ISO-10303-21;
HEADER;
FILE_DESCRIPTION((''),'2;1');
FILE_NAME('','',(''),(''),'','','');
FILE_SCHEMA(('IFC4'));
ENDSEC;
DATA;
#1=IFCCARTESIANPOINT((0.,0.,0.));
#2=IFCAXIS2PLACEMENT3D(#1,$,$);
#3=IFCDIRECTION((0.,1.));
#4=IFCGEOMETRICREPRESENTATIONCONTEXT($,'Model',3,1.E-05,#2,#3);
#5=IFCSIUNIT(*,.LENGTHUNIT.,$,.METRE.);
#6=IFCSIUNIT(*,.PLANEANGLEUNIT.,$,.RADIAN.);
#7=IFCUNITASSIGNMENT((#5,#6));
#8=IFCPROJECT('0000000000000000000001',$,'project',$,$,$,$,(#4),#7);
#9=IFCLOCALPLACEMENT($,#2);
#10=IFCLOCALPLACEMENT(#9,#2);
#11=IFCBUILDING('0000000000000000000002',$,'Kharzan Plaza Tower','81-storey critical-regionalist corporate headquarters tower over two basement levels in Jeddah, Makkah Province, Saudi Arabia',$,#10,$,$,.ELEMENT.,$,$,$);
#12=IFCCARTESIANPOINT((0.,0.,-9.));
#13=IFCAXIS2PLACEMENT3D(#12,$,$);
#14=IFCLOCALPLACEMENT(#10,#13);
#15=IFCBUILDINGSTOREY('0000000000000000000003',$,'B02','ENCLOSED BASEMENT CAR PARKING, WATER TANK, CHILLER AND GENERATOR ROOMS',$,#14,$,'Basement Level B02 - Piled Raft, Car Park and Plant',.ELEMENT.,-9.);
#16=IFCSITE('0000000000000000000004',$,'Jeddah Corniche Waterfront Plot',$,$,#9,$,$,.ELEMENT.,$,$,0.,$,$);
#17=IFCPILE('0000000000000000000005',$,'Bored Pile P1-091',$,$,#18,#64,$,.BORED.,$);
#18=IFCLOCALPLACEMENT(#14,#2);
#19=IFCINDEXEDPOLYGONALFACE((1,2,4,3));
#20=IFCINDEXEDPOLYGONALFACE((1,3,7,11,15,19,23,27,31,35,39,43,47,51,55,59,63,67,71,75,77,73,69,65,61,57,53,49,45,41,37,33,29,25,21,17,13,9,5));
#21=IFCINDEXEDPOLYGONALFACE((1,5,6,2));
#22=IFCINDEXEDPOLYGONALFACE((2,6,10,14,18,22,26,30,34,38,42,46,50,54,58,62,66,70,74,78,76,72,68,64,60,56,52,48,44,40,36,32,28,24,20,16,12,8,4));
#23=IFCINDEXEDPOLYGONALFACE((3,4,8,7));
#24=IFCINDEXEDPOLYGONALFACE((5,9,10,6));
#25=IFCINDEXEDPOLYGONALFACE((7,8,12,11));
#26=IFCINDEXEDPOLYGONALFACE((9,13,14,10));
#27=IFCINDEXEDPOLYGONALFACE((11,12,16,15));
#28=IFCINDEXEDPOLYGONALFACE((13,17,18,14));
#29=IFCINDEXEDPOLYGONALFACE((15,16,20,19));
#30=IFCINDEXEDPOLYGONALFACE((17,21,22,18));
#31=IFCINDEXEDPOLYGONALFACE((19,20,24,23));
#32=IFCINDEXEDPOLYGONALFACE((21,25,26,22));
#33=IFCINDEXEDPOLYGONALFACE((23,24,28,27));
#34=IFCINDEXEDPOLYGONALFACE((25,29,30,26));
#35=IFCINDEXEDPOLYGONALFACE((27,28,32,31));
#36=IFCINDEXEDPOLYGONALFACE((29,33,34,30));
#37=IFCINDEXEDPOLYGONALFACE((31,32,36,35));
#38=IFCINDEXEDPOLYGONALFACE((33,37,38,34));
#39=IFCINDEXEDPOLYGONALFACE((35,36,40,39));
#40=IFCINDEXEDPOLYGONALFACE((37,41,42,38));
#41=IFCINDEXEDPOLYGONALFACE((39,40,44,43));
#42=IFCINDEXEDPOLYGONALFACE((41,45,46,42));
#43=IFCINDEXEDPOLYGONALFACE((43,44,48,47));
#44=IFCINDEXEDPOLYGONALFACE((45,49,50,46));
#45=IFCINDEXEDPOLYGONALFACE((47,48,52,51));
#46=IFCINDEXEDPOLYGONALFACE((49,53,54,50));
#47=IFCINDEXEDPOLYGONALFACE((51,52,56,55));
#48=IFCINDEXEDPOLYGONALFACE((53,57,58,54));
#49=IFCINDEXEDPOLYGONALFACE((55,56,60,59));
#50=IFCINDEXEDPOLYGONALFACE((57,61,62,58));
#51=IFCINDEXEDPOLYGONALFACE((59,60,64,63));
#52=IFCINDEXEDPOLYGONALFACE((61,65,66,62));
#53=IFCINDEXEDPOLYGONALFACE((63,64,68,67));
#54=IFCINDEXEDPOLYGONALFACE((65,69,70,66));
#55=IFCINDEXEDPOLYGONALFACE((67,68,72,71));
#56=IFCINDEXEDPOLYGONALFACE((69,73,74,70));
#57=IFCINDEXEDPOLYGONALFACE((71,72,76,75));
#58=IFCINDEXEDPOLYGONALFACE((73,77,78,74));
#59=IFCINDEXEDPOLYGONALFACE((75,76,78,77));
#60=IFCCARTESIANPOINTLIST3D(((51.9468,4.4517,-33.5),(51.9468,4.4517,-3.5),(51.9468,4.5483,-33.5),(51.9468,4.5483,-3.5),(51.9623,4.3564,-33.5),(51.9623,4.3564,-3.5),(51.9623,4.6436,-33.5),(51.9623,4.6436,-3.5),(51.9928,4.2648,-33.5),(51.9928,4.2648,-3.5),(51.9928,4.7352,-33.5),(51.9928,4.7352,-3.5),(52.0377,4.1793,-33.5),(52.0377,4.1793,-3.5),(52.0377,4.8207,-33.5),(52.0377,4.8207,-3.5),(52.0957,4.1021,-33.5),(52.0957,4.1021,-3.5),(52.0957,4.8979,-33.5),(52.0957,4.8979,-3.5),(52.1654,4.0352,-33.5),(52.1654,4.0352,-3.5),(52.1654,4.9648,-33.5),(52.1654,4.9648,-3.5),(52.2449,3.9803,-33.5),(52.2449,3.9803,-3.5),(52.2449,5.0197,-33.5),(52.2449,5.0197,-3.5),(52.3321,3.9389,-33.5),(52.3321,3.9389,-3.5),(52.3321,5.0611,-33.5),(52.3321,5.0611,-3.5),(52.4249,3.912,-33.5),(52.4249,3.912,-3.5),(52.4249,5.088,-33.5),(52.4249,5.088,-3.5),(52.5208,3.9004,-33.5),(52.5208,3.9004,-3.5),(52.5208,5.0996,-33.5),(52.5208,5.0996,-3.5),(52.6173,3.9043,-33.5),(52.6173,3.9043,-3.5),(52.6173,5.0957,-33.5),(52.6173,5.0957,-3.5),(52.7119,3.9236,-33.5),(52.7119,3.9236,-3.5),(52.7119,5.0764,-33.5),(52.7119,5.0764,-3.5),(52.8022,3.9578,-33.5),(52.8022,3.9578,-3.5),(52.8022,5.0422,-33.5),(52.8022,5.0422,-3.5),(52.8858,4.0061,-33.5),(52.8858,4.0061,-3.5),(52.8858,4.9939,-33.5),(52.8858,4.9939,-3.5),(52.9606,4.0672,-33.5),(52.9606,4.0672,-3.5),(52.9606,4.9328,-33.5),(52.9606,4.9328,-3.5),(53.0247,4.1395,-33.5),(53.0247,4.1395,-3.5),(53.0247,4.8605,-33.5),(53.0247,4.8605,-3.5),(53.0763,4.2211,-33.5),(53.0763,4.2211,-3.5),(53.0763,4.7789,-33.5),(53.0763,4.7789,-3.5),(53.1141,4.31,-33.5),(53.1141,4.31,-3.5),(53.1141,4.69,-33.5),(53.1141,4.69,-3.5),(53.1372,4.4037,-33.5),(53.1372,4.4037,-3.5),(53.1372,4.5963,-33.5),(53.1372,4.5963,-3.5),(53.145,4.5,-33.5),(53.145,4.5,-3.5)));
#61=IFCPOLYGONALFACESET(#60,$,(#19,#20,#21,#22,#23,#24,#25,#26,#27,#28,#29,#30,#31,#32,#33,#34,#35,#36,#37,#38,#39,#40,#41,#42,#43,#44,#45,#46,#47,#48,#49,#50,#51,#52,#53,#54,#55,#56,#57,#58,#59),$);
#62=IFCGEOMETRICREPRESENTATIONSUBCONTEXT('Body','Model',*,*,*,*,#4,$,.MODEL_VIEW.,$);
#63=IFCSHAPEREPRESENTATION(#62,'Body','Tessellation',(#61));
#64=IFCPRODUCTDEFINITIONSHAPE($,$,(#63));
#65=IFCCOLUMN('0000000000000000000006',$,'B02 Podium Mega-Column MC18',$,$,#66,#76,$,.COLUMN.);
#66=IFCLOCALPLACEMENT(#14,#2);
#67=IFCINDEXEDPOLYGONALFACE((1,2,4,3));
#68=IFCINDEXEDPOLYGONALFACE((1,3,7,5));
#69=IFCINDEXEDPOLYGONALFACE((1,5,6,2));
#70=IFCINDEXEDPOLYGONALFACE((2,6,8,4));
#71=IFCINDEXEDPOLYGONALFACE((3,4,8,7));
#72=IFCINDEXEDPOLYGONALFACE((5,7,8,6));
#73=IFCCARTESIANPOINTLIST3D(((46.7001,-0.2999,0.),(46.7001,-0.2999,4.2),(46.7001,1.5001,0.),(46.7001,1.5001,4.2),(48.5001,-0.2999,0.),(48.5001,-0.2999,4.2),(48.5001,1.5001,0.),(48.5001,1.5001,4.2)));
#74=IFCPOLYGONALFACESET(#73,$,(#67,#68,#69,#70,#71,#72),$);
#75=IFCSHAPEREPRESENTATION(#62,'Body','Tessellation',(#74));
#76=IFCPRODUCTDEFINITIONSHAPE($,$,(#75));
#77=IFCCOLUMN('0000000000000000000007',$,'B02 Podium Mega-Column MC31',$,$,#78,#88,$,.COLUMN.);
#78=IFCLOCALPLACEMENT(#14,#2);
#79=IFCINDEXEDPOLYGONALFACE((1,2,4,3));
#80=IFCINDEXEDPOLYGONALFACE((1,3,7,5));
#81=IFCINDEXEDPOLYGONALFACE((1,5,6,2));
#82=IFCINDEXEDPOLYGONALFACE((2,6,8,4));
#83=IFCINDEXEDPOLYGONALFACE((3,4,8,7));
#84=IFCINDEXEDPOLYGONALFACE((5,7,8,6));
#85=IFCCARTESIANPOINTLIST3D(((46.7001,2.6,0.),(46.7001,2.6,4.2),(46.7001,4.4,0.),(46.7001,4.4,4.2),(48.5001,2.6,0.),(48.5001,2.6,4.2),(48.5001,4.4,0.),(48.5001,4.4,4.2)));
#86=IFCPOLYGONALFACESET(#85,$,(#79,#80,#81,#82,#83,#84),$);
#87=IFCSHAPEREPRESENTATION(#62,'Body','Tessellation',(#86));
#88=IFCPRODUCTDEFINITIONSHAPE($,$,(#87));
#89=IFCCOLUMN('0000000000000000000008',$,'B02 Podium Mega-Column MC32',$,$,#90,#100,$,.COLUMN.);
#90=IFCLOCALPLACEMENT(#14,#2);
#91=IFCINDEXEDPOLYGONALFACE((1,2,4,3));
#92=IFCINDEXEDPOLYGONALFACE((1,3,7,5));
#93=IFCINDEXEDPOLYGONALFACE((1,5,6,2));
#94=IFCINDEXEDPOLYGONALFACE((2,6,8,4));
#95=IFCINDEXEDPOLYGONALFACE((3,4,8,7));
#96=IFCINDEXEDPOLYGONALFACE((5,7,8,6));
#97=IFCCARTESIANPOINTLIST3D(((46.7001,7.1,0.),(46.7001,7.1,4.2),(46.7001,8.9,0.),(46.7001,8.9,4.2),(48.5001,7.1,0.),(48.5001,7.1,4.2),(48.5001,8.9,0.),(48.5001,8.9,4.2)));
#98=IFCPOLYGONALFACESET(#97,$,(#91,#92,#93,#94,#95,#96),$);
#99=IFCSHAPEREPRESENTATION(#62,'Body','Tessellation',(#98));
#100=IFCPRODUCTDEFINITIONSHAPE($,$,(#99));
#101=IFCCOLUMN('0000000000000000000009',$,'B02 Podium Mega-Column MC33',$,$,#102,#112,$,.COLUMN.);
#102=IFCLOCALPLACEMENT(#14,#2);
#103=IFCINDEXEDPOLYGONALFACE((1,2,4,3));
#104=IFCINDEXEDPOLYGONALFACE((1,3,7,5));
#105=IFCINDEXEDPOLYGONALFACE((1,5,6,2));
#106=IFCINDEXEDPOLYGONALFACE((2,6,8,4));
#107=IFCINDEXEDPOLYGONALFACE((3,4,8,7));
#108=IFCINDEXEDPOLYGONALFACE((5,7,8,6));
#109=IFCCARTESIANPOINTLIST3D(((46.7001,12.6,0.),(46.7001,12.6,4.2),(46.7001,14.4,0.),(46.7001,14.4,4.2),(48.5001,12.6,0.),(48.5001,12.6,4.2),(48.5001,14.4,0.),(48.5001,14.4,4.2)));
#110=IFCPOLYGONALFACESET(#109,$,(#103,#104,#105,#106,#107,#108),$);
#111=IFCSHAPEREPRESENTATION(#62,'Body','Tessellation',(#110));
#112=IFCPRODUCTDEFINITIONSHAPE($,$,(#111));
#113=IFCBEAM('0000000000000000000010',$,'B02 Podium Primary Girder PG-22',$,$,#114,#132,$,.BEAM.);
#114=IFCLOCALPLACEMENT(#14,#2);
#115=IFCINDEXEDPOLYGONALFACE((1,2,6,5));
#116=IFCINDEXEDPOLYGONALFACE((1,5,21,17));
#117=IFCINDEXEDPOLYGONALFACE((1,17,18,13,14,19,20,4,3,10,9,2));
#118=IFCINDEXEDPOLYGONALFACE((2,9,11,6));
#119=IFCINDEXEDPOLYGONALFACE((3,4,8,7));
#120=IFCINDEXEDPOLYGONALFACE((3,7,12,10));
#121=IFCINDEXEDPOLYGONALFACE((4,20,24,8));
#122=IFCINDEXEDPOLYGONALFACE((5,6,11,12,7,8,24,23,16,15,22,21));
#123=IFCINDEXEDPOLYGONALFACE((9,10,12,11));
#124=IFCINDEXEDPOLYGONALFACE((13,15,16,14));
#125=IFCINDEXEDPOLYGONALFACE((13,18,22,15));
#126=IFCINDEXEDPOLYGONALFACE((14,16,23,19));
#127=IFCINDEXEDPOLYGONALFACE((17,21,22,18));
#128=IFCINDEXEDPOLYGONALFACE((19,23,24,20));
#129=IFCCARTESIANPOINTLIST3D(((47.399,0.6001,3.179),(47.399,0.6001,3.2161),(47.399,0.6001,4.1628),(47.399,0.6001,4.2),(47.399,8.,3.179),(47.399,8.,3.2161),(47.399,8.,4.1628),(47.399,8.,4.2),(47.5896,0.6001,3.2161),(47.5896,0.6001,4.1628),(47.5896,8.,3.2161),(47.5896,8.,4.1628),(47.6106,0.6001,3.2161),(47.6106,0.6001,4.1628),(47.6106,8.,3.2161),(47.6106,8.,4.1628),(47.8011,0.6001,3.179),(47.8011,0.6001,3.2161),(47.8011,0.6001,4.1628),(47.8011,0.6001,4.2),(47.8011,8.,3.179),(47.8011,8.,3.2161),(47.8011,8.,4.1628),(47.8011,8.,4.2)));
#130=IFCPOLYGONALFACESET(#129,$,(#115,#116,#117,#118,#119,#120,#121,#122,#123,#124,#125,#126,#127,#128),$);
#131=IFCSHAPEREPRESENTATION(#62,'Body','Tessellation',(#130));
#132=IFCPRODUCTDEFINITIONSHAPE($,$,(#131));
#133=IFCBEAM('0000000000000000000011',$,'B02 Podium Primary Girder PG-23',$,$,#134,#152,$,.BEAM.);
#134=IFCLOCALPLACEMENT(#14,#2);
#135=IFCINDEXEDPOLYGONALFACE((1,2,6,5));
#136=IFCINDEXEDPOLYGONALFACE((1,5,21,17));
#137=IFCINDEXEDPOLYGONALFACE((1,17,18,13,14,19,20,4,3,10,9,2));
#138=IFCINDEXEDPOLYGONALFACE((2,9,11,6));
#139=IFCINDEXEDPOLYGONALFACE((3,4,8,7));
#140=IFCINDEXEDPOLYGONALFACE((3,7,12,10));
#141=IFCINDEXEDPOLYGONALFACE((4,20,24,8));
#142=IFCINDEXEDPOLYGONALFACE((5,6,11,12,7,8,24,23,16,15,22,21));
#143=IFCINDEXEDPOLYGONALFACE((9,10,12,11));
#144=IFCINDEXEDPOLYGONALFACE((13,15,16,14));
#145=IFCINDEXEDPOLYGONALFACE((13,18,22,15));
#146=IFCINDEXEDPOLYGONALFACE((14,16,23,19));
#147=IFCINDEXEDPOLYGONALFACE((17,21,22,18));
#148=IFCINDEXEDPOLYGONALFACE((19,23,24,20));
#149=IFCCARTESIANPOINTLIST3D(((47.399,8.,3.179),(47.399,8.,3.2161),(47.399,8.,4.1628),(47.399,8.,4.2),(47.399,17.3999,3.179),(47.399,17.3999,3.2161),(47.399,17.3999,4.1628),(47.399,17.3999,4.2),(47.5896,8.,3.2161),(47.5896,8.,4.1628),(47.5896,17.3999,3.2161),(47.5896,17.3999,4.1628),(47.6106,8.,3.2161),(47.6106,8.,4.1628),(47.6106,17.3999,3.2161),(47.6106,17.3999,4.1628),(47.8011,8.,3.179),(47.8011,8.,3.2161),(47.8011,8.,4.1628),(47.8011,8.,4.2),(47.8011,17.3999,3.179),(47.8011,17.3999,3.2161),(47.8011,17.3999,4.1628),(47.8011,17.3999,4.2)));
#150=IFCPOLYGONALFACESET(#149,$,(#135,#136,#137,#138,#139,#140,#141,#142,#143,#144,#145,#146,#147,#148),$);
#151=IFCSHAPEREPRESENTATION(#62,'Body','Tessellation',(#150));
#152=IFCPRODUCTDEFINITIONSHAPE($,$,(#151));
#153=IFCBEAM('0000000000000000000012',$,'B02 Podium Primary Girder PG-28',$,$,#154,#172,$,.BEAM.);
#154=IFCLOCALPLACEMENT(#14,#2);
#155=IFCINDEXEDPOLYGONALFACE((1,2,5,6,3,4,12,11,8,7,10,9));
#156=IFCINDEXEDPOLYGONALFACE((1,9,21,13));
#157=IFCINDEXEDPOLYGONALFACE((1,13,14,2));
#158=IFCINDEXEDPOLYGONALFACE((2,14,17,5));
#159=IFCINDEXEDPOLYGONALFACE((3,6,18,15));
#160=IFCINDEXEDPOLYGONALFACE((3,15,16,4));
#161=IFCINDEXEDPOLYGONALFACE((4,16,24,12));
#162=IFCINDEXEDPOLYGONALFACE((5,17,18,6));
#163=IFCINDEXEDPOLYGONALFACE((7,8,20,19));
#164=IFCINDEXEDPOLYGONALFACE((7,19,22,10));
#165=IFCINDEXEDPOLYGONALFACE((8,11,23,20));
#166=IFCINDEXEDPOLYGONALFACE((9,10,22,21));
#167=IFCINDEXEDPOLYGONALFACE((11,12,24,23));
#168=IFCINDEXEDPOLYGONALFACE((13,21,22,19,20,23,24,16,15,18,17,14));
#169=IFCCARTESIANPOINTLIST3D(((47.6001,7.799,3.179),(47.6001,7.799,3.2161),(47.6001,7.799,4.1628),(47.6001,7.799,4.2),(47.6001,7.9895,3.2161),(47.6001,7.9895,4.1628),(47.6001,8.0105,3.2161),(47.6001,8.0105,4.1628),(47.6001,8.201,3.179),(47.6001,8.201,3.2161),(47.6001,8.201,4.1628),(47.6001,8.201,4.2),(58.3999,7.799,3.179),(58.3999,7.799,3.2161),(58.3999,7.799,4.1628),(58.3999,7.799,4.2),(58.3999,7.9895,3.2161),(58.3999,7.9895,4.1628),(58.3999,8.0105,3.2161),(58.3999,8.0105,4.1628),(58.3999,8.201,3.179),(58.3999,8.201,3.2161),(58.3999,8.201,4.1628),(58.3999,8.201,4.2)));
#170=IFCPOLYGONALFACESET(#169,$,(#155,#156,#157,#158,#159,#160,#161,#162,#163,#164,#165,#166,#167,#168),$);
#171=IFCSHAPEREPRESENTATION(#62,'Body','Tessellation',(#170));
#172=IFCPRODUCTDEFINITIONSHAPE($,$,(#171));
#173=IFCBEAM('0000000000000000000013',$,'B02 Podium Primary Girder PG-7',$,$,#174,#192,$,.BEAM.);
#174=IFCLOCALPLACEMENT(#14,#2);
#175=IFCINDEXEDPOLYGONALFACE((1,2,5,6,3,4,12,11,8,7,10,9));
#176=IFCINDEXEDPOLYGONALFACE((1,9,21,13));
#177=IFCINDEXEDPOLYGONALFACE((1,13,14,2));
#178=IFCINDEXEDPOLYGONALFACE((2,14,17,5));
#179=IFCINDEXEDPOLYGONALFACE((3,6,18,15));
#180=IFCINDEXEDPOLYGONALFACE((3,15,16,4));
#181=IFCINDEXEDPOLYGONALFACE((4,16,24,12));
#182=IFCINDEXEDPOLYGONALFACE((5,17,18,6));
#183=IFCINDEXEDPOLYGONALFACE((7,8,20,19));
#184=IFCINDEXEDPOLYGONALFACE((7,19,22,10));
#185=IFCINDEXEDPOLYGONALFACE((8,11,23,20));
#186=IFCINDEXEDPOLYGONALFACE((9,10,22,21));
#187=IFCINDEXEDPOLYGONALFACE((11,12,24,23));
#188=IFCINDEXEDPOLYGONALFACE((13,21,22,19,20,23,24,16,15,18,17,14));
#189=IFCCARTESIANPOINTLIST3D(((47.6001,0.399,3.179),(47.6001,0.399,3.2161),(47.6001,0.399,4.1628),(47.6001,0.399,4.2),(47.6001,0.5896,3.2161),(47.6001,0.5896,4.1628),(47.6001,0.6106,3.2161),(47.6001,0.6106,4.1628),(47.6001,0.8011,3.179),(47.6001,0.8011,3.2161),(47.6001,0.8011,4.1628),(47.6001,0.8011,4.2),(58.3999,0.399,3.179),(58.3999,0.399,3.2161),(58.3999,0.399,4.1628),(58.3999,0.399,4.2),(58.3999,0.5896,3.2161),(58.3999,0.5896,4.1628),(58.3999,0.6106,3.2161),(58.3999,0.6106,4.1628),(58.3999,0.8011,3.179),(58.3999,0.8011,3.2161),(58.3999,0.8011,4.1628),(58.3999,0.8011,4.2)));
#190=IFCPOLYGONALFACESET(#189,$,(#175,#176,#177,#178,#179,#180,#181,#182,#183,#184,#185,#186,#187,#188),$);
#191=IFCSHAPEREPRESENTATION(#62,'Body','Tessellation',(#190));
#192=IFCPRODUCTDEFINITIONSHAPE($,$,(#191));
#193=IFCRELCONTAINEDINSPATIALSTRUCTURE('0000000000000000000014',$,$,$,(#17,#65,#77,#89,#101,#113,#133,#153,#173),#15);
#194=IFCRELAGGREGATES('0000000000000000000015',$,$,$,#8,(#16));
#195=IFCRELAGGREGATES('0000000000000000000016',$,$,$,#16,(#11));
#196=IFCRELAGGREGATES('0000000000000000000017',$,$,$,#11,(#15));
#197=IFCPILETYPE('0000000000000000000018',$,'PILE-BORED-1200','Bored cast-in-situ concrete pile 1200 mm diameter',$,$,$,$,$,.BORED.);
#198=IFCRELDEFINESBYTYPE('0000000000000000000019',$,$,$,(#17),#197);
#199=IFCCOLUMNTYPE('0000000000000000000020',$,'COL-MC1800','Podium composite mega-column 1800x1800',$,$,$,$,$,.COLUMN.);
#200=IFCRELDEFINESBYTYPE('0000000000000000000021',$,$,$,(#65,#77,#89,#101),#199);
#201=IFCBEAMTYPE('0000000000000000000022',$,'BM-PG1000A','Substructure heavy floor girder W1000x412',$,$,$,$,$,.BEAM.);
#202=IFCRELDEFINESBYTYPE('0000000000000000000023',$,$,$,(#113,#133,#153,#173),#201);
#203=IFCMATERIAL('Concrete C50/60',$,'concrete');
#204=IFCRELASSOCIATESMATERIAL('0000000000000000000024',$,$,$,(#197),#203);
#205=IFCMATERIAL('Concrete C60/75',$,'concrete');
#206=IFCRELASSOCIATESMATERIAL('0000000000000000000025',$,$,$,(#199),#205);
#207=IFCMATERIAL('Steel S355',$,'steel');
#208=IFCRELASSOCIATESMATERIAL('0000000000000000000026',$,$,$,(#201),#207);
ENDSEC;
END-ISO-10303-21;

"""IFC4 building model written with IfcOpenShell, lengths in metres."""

from ifc_helpers import new_model, si_unit, direction, frame, origin, origin_2d, place, context, subcontext, project, spatial, rectangle, circle, i_section, extrude, source, transform, mapped, material, material_profile, profile_set, type_object, element, save


model = new_model("IFC4")

# Units and contexts
model_context = context("Model", 3, precision=1e-05, world=origin(), true_north=direction((0.0, 1.0)))
body_context = subcontext(model_context, "Body", "Model", "MODEL_VIEW")
ifc_project = project(units=[si_unit("LENGTHUNIT", "METRE"), si_unit("PLANEANGLEUNIT", "RADIAN")], contexts=[model_context])

# Site, building, storey
site_placement = place(None, origin())
site = spatial("IfcSite", under=ifc_project, at=site_placement, Name="Jeddah Corniche Waterfront Plot", CompositionType="ELEMENT", RefElevation=0.0)
building_placement = place(site_placement, origin())
building = spatial("IfcBuilding", under=site, at=building_placement, Name="Kharzan Plaza Tower", Description="81-storey critical-regionalist corporate headquarters tower over two basement levels in Jeddah, Makkah Province, Saudi Arabia", CompositionType="ELEMENT")
storey_placement = place(building_placement, frame((0.0, 0.0, -9.0)))
storey = spatial("IfcBuildingStorey", under=building, at=storey_placement, Name="B02", Description="ENCLOSED BASEMENT CAR PARKING, WATER TANK, CHILLER AND GENERATOR ROOMS", LongName="Basement Level B02 - Piled Raft, Car Park and Plant", CompositionType="ELEMENT", Elevation=-9.0)

# Pile
ifc_material_1 = material(Name="Concrete C50/60", Category="concrete")
ifc_material_profile_1 = material_profile(ifc_material_1, circle(Radius=0.6001, at=origin_2d()), Name="PILE-D1200")
ifc_profile_set_1 = profile_set([ifc_material_profile_1], Name="Concrete C50/60")
pile_type = type_object("IfcPileType", Name="PILE-BORED-1200", Description="Bored cast-in-situ concrete pile 1200 mm diameter", PredefinedType="BORED", material=ifc_profile_set_1)
shared_shape_1 = source(origin(), body_context, "Body", "SweptSolid", [
    extrude(circle(Radius=0.6001, at=origin_2d()), origin(), (0.0, 0.0, 1.0), 30.0),
])
for number, where, z_axis, x_axis, name in (
    (1, (52.5449, 4.5, -3.5), (0.0, 0.0, -1.0), (1.0, 0.0, 0.0), "Bored Pile P1-091"),
):
    element("IfcPile", number, at=place(storey_placement, frame(where, z_axis=z_axis, x_axis=x_axis)), inside=storey, type_object=pile_type, Name=name, PredefinedType="BORED", context=body_context, shape_type="MappedRepresentation", body=[
        mapped(shared_shape_1, transform((0.0, 0.0, 0.0), x_axis=(1.0, 0.0, 0.0), y_axis=(0.0, 1.0, 0.0), z_axis=(0.0, 0.0, 1.0))),
    ])

# Columns
ifc_material_2 = material(Name="Concrete C60/75", Category="concrete")
ifc_material_profile_2 = material_profile(ifc_material_2, rectangle(XDim=1.8, YDim=1.8, at=origin_2d()), Name="RC-MC1800x1800")
ifc_profile_set_2 = profile_set([ifc_material_profile_2], Name="Concrete C60/75")
column_type = type_object("IfcColumnType", Name="COL-MC1800", Description="Podium composite mega-column 1800x1800", PredefinedType="COLUMN", material=ifc_profile_set_2)
shared_shape_2 = source(origin(), body_context, "Body", "SweptSolid", [
    extrude(rectangle(XDim=1.8, YDim=1.8, at=origin_2d()), origin(), (0.0, 0.0, 1.0), 4.2),
])
for number, where, z_axis, x_axis, name in (
    (2, (47.6001, 0.6001, 0.0), (0.0, 0.0, 1.0), (1.0, 0.0, 0.0), "B02 Podium Mega-Column MC18"),
    (3, (47.6001, 3.5, 0.0), (0.0, 0.0, 1.0), (1.0, 0.0, 0.0), "B02 Podium Mega-Column MC31"),
    (4, (47.6001, 8.0, 0.0), (0.0, 0.0, 1.0), (1.0, 0.0, 0.0), "B02 Podium Mega-Column MC32"),
    (5, (47.6001, 13.5, 0.0), (0.0, 0.0, 1.0), (1.0, 0.0, 0.0), "B02 Podium Mega-Column MC33"),
):
    element("IfcColumn", number, at=place(storey_placement, frame(where, z_axis=z_axis, x_axis=x_axis)), inside=storey, type_object=column_type, Name=name, PredefinedType="COLUMN", context=body_context, shape_type="MappedRepresentation", body=[
        mapped(shared_shape_2, transform((0.0, 0.0, 0.0), x_axis=(1.0, 0.0, 0.0), y_axis=(0.0, 1.0, 0.0), z_axis=(0.0, 0.0, 1.0))),
    ])

# Beams
ifc_material_3 = material(Name="Steel S355", Category="steel")
ifc_material_profile_3 = material_profile(ifc_material_3, i_section(OverallWidth=0.4021, OverallDepth=1.021, WebThickness=0.021, FlangeThickness=0.0371, at=origin_2d()), Name="W1000x412")
ifc_profile_set_3 = profile_set([ifc_material_profile_3], Name="Steel S355")
beam_type_1 = type_object("IfcBeamType", Name="BM-PG1000A", Description="Substructure heavy floor girder W1000x412", PredefinedType="BEAM", material=ifc_profile_set_3)
shared_shape_3 = source(origin(), body_context, "Body", "SweptSolid", [
    extrude(i_section(OverallWidth=0.4021, OverallDepth=1.021, WebThickness=0.021, FlangeThickness=0.0371, at=origin_2d()), origin(), (0.0, 0.0, 1.0), 7.3999),
])
beam_1_placement = place(storey_placement, frame((47.6001, 0.6001, 3.6895), z_axis=(0.0, 1.0, 0.0), x_axis=(-1.0, 0.0, 0.0)))
element("IfcBeam", 6, at=beam_1_placement, inside=storey, type_object=beam_type_1, Name="B02 Podium Primary Girder PG-22", PredefinedType="BEAM", context=body_context, shape_type="MappedRepresentation", body=[
    mapped(shared_shape_3, transform((0.0, 0.0, 0.0), x_axis=(1.0, 0.0, 0.0), y_axis=(0.0, 1.0, 0.0), z_axis=(0.0, 0.0, 1.0))),
])
shared_shape_4 = source(origin(), body_context, "Body", "SweptSolid", [
    extrude(i_section(OverallWidth=0.4021, OverallDepth=1.021, WebThickness=0.021, FlangeThickness=0.0371, at=origin_2d()), origin(), (0.0, 0.0, 1.0), 9.3999),
])
beam_2_placement = place(storey_placement, frame((47.6001, 8.0, 3.6895), z_axis=(0.0, 1.0, 0.0), x_axis=(-1.0, 0.0, 0.0)))
element("IfcBeam", 7, at=beam_2_placement, inside=storey, type_object=beam_type_1, Name="B02 Podium Primary Girder PG-23", PredefinedType="BEAM", context=body_context, shape_type="MappedRepresentation", body=[
    mapped(shared_shape_4, transform((0.0, 0.0, 0.0), x_axis=(1.0, 0.0, 0.0), y_axis=(0.0, 1.0, 0.0), z_axis=(0.0, 0.0, 1.0))),
])
shared_shape_5 = source(origin(), body_context, "Body", "SweptSolid", [
    extrude(i_section(OverallWidth=0.4021, OverallDepth=1.021, WebThickness=0.021, FlangeThickness=0.0371, at=origin_2d()), origin(), (0.0, 0.0, 1.0), 10.7998),
])
for number, where, z_axis, x_axis, name in (
    (8, (47.6001, 8.0, 3.6895), (1.0, 0.0, 0.0), (0.0, 1.0, 0.0), "B02 Podium Primary Girder PG-28"),
    (9, (47.6001, 0.6001, 3.6895), (1.0, 0.0, 0.0), (0.0, 1.0, 0.0), "B02 Podium Primary Girder PG-7"),
):
    element("IfcBeam", number, at=place(storey_placement, frame(where, z_axis=z_axis, x_axis=x_axis)), inside=storey, type_object=beam_type_1, Name=name, PredefinedType="BEAM", context=body_context, shape_type="MappedRepresentation", body=[
        mapped(shared_shape_5, transform((0.0, 0.0, 0.0), x_axis=(1.0, 0.0, 0.0), y_axis=(0.0, 1.0, 0.0), z_axis=(0.0, 0.0, 1.0))),
    ])

save(model, "model.ifc")
